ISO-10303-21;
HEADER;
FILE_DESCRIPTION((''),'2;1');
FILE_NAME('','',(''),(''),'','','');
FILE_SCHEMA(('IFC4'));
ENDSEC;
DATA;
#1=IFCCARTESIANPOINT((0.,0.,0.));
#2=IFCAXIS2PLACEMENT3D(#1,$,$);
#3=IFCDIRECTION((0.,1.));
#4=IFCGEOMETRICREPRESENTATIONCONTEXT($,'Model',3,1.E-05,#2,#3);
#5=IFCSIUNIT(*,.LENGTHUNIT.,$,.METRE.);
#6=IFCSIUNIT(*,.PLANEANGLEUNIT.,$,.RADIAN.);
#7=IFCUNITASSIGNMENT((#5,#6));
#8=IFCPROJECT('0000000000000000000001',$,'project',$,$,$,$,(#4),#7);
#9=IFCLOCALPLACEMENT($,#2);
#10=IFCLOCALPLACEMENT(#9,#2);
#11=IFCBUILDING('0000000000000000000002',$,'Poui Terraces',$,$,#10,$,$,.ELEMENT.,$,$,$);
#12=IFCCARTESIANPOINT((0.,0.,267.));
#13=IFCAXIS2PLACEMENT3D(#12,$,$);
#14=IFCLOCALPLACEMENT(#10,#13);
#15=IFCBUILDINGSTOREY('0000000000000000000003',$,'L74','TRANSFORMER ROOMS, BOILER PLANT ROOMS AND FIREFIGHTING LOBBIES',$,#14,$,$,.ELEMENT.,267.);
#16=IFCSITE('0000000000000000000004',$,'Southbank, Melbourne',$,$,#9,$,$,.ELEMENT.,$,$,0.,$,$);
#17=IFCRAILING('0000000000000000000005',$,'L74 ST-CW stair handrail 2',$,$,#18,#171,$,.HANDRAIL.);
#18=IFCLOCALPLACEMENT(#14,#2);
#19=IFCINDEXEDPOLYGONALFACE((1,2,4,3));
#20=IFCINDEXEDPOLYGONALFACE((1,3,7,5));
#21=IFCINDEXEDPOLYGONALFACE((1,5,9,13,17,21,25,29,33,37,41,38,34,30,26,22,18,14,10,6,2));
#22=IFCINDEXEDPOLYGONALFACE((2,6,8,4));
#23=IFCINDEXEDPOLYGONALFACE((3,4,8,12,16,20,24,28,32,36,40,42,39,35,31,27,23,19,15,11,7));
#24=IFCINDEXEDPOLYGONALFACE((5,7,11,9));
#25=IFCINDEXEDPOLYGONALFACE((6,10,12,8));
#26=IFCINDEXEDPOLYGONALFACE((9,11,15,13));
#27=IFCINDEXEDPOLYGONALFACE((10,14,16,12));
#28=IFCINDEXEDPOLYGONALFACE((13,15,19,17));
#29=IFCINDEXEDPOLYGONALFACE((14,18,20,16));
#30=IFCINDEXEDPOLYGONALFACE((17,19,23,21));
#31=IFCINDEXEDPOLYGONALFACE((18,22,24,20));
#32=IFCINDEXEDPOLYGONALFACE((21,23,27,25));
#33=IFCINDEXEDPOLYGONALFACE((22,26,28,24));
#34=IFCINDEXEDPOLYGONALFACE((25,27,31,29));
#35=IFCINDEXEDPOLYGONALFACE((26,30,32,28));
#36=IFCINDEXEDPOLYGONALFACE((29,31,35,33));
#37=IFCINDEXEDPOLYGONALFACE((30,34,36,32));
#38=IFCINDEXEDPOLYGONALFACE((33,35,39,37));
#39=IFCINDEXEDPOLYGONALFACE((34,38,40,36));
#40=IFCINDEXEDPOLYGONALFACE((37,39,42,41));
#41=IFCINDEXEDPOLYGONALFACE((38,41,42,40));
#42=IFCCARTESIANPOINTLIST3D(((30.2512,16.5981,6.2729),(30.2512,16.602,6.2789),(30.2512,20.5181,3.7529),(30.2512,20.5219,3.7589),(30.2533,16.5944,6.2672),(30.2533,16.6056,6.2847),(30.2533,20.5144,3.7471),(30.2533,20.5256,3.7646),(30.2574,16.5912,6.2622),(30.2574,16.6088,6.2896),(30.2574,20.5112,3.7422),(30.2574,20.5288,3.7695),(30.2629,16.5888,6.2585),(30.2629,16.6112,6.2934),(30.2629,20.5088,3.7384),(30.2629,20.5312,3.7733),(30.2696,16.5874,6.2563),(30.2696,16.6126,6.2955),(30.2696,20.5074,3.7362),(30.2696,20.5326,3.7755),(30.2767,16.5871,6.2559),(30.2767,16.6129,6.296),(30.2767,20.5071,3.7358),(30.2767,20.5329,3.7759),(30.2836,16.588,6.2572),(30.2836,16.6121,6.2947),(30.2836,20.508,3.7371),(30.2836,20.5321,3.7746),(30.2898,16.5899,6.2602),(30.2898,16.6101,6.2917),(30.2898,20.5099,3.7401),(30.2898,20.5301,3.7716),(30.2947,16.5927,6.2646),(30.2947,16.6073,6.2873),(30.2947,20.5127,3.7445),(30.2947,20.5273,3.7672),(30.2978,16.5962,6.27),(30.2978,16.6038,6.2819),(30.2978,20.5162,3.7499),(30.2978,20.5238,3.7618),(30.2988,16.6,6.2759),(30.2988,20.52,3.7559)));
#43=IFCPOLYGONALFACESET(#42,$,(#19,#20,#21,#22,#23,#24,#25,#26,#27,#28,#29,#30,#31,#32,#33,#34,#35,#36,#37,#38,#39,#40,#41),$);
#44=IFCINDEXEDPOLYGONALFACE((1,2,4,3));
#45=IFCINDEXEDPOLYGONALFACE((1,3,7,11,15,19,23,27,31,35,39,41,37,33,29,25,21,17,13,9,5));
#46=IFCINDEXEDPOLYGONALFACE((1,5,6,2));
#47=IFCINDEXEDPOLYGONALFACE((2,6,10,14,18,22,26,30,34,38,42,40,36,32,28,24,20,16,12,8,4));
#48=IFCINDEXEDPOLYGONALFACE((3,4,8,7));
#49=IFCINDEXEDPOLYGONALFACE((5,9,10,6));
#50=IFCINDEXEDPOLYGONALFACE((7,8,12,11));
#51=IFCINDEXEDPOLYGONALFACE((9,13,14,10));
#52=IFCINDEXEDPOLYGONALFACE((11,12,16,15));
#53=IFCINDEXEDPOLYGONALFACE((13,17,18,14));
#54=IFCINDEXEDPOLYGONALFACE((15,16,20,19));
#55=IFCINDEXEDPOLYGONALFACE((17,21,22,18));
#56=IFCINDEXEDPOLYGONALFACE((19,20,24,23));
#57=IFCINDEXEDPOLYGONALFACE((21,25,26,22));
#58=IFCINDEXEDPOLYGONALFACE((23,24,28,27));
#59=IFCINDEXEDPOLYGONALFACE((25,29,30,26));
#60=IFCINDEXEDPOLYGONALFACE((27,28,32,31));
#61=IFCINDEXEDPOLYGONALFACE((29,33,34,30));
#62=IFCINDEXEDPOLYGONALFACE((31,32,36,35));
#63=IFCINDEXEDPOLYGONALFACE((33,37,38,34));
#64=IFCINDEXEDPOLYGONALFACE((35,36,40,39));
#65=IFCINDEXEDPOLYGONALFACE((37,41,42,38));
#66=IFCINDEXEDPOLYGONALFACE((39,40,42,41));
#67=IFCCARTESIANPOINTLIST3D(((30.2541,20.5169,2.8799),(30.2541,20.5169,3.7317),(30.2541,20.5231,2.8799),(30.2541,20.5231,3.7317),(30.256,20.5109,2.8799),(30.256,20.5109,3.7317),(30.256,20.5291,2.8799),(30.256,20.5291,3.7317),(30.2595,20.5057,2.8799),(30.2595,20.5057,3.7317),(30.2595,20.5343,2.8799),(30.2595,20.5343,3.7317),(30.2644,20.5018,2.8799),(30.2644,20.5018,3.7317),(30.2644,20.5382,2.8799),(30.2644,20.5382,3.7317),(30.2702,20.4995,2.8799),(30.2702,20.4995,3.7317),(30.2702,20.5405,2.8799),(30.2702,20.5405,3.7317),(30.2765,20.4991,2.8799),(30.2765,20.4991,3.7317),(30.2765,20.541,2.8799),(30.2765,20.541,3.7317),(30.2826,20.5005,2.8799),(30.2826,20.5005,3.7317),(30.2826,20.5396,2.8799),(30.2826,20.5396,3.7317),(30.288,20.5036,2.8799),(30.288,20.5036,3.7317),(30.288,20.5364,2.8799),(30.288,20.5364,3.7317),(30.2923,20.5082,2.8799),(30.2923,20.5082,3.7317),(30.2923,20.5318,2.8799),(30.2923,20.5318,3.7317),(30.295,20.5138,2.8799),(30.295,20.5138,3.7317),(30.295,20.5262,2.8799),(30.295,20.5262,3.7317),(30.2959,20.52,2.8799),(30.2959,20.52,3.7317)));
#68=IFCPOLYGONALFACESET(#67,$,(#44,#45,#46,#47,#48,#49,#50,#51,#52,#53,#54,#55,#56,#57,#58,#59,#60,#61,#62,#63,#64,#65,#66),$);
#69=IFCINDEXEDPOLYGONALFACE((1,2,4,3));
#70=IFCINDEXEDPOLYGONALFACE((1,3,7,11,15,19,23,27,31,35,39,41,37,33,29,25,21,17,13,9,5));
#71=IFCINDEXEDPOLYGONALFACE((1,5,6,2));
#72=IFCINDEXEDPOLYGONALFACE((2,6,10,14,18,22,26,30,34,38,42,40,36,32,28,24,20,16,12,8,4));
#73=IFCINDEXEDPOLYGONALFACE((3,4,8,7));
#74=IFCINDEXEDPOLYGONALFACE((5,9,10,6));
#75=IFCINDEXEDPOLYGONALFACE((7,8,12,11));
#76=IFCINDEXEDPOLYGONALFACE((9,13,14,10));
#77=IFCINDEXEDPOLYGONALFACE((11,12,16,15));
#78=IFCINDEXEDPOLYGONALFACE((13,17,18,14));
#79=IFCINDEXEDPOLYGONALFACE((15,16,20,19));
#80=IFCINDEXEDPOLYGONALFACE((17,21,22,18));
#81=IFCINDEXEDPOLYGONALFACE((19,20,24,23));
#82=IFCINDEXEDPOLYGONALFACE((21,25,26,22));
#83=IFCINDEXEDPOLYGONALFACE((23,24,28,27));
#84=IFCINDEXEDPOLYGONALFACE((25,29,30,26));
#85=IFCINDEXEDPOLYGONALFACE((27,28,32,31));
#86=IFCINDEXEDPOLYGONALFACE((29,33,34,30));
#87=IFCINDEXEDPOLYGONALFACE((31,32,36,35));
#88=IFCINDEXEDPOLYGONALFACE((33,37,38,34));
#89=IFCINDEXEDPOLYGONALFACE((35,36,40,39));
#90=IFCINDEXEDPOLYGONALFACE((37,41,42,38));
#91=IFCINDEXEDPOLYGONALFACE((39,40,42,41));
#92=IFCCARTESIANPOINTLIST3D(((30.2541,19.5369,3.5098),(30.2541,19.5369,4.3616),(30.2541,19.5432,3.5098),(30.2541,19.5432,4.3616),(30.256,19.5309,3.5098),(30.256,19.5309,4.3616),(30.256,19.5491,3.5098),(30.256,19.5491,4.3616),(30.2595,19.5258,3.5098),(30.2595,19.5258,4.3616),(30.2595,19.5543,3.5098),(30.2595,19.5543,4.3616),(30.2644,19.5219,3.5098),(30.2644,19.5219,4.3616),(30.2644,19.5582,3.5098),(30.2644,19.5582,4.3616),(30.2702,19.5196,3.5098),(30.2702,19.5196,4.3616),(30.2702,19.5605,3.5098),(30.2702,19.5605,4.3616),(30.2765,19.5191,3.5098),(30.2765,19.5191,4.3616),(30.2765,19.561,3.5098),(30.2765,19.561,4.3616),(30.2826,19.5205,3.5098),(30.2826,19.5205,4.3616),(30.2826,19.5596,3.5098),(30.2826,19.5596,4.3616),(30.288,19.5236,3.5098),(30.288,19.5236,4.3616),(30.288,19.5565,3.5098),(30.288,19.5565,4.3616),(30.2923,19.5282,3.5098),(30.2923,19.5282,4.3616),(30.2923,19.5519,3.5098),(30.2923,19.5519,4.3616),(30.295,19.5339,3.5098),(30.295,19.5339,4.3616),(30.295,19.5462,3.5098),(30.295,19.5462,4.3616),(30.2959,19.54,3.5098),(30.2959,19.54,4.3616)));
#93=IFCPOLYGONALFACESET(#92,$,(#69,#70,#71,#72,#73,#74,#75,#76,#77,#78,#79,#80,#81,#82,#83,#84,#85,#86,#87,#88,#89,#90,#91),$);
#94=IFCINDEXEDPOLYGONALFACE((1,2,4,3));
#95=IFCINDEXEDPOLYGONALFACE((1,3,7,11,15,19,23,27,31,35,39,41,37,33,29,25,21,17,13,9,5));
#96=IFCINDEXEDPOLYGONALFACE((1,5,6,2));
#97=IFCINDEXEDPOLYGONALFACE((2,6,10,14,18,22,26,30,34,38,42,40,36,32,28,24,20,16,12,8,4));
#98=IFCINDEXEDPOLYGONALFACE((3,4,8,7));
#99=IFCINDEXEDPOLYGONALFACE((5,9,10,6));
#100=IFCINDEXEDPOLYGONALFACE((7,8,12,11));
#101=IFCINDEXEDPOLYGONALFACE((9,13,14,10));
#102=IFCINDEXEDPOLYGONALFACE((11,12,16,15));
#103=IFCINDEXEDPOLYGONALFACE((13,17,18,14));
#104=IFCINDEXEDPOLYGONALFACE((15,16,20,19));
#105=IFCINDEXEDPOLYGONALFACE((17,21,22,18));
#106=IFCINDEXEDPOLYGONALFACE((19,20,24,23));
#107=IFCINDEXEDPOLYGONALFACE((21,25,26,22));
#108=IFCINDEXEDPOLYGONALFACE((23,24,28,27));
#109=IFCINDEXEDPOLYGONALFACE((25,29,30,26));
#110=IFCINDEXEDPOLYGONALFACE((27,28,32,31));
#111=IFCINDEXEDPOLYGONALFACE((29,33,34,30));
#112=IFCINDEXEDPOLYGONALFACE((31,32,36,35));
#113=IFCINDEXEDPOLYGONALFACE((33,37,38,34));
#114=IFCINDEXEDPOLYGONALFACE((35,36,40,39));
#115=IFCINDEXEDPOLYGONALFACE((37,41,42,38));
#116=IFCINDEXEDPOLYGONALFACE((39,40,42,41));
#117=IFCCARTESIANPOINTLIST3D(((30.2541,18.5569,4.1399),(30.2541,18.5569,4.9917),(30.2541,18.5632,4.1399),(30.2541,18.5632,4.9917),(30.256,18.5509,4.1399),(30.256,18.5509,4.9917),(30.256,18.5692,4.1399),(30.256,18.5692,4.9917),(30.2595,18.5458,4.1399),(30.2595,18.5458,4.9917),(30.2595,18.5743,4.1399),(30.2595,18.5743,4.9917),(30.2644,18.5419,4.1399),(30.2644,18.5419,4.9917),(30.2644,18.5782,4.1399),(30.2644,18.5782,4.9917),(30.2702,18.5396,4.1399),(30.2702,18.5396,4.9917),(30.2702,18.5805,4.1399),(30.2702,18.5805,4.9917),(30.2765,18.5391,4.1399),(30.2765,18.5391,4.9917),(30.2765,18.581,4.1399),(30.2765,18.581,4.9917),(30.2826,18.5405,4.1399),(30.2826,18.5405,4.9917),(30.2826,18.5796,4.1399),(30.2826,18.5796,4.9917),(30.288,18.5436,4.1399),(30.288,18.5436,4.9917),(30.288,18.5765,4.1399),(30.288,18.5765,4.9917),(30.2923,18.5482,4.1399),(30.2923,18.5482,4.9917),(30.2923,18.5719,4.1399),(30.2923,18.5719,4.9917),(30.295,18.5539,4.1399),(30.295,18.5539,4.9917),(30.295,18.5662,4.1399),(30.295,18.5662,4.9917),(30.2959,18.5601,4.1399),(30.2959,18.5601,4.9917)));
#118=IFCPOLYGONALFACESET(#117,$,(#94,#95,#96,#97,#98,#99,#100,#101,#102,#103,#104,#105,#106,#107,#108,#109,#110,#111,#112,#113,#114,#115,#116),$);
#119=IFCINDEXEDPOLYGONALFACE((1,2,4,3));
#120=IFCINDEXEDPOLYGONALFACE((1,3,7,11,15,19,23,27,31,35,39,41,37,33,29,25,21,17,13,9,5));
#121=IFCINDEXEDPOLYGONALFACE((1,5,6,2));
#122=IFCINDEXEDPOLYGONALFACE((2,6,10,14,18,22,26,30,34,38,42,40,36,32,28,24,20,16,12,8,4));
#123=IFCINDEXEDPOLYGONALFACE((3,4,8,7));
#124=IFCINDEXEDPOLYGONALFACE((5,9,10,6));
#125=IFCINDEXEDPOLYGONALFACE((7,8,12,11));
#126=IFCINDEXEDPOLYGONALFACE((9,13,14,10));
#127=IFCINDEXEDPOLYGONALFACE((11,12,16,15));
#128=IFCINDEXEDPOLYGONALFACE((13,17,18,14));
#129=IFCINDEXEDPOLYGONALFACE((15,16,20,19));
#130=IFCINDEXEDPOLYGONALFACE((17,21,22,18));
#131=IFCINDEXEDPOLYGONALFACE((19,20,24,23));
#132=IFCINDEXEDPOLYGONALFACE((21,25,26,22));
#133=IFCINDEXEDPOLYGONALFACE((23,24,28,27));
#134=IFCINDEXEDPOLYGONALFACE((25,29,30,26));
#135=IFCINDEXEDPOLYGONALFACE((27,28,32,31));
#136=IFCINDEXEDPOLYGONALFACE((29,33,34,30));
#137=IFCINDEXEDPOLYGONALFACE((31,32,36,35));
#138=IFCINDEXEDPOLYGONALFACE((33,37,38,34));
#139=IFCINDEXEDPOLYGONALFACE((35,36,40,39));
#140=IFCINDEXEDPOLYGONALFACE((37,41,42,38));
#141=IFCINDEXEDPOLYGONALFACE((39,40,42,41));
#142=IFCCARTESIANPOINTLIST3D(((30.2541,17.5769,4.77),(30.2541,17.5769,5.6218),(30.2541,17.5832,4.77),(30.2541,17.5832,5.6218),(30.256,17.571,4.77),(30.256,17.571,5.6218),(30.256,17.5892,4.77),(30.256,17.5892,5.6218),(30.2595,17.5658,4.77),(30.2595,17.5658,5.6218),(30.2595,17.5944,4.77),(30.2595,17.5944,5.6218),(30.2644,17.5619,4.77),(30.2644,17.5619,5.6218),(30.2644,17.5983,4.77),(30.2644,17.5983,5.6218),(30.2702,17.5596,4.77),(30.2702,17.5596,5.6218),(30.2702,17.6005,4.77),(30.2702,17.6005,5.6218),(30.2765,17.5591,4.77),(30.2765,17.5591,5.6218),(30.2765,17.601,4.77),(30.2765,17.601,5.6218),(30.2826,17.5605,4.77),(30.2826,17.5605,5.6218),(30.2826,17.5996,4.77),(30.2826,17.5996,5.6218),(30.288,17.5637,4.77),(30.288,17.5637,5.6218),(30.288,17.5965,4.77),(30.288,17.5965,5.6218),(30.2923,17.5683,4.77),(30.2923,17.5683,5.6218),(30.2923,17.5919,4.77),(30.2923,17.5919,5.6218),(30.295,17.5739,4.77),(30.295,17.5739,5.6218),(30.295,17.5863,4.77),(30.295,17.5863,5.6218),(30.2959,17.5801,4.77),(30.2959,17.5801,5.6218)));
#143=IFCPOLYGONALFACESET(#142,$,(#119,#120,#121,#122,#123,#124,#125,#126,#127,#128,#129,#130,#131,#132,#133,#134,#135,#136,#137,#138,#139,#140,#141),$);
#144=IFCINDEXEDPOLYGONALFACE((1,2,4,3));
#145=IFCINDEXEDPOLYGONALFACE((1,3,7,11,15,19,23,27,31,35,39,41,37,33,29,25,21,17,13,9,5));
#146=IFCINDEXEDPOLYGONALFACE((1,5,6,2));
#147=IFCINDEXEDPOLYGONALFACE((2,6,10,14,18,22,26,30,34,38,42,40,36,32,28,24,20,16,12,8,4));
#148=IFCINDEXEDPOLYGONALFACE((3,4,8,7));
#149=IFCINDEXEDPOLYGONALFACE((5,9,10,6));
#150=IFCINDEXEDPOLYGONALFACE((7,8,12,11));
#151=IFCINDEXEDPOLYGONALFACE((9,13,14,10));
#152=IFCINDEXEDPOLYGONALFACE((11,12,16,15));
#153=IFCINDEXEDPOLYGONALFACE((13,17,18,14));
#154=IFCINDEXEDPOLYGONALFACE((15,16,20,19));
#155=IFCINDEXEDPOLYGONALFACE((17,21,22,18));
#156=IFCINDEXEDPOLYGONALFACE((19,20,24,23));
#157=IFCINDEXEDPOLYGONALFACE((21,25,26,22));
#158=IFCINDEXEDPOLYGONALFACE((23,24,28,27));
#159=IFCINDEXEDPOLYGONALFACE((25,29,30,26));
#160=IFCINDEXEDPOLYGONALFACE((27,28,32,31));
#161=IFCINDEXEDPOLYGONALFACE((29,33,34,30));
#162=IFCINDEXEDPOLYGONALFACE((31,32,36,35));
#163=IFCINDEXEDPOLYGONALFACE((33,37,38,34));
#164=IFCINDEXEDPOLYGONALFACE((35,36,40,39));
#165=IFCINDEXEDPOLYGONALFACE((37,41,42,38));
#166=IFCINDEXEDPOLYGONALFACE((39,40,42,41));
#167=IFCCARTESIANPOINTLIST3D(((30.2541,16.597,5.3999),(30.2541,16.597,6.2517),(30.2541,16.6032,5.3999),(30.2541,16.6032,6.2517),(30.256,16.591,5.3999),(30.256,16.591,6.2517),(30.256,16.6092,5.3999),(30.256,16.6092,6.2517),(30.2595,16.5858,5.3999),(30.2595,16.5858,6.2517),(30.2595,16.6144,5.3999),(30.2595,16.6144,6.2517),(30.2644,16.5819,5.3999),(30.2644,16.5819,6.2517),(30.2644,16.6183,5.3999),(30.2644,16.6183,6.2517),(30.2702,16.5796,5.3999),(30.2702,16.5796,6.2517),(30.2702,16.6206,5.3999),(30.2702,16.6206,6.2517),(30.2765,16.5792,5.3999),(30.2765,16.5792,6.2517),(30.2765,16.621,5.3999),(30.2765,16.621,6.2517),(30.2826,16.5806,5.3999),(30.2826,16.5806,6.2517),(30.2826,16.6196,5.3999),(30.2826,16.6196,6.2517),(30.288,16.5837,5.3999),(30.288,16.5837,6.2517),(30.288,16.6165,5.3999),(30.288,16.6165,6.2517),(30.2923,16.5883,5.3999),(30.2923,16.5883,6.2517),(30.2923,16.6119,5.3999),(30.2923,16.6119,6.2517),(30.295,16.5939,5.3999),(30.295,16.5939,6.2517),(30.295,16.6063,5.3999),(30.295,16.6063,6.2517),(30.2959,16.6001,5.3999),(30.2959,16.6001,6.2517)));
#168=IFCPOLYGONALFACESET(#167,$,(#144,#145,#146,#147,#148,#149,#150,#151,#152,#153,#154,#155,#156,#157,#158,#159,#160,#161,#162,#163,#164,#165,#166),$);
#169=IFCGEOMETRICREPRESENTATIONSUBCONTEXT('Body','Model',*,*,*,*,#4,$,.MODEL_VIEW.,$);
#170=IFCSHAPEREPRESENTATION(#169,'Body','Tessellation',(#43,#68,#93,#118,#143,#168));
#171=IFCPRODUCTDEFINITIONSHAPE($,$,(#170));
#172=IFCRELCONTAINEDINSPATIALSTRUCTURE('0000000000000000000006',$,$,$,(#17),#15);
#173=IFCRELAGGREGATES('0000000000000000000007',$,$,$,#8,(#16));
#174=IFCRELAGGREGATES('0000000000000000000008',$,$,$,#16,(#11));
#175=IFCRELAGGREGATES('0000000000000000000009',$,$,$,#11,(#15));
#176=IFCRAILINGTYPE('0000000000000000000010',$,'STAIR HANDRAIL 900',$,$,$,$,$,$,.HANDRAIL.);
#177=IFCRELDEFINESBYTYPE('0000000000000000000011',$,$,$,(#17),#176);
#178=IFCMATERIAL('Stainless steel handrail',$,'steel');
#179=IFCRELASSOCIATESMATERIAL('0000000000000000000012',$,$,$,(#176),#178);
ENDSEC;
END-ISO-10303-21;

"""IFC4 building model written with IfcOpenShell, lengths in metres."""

from ifc_helpers import new_model, si_unit, direction, frame, origin, origin_2d, place, context, subcontext, project, spatial, circle, extrude, material, type_object, element, save


model = new_model("IFC4")

# Units and contexts
model_context = context("Model", 3, precision=1e-05, world=origin(), true_north=direction((0.0, 1.0)))
body_context = subcontext(model_context, "Body", "Model", "MODEL_VIEW")
ifc_project = project(units=[si_unit("LENGTHUNIT", "METRE"), si_unit("PLANEANGLEUNIT", "RADIAN")], contexts=[model_context])

# Site, building, storey
site_placement = place(None, origin())
site = spatial("IfcSite", under=ifc_project, at=site_placement, Name="Southbank, Melbourne", CompositionType="ELEMENT", RefElevation=0.0)
building_placement = place(site_placement, origin())
building = spatial("IfcBuilding", under=site, at=building_placement, Name="Poui Terraces", CompositionType="ELEMENT")
storey_placement = place(building_placement, frame((0.0, 0.0, 267.0)))
storey = spatial("IfcBuildingStorey", under=building, at=storey_placement, Name="L74", Description="TRANSFORMER ROOMS, BOILER PLANT ROOMS AND FIREFIGHTING LOBBIES", CompositionType="ELEMENT", Elevation=267.0)

# Railing
ifc_material_1 = material(Name="Stainless steel handrail", Category="steel")
railing_type_1 = type_object("IfcRailingType", Name="STAIR HANDRAIL 900", PredefinedType="HANDRAIL", material=ifc_material_1)
railing_1_placement = place(storey_placement, frame((30.2749, 20.52, 2.8799)))
element("IfcRailing", 1, at=railing_1_placement, inside=storey, type_object=railing_type_1, Name="L74 ST-CW stair handrail 2", PredefinedType="HANDRAIL", context=body_context, shape_type="SweptSolid", body=[
    extrude(circle(Radius=0.0239, at=origin_2d()), frame((0.0, 0.0, 0.876), z_axis=(0.0, -0.841172, 0.540768), x_axis=(1.0, 0.0, 0.0)), (0.0, 0.0, 1.0), 4.6602),
    extrude(circle(Radius=0.021, at=origin_2d()), origin(), (0.0, 0.0, 1.0), 0.8518),
    extrude(circle(Radius=0.021, at=origin_2d()), frame((0.0, -0.98, 0.6299)), (0.0, 0.0, 1.0), 0.8518),
    extrude(circle(Radius=0.021, at=origin_2d()), frame((0.0, -1.96, 1.26)), (0.0, 0.0, 1.0), 0.8518),
    extrude(circle(Radius=0.021, at=origin_2d()), frame((0.0, -2.9399, 1.8901)), (0.0, 0.0, 1.0), 0.8518),
    extrude(circle(Radius=0.021, at=origin_2d()), frame((0.0, -3.9199, 2.52)), (0.0, 0.0, 1.0), 0.8518),
])

save(model, "model.ifc")
